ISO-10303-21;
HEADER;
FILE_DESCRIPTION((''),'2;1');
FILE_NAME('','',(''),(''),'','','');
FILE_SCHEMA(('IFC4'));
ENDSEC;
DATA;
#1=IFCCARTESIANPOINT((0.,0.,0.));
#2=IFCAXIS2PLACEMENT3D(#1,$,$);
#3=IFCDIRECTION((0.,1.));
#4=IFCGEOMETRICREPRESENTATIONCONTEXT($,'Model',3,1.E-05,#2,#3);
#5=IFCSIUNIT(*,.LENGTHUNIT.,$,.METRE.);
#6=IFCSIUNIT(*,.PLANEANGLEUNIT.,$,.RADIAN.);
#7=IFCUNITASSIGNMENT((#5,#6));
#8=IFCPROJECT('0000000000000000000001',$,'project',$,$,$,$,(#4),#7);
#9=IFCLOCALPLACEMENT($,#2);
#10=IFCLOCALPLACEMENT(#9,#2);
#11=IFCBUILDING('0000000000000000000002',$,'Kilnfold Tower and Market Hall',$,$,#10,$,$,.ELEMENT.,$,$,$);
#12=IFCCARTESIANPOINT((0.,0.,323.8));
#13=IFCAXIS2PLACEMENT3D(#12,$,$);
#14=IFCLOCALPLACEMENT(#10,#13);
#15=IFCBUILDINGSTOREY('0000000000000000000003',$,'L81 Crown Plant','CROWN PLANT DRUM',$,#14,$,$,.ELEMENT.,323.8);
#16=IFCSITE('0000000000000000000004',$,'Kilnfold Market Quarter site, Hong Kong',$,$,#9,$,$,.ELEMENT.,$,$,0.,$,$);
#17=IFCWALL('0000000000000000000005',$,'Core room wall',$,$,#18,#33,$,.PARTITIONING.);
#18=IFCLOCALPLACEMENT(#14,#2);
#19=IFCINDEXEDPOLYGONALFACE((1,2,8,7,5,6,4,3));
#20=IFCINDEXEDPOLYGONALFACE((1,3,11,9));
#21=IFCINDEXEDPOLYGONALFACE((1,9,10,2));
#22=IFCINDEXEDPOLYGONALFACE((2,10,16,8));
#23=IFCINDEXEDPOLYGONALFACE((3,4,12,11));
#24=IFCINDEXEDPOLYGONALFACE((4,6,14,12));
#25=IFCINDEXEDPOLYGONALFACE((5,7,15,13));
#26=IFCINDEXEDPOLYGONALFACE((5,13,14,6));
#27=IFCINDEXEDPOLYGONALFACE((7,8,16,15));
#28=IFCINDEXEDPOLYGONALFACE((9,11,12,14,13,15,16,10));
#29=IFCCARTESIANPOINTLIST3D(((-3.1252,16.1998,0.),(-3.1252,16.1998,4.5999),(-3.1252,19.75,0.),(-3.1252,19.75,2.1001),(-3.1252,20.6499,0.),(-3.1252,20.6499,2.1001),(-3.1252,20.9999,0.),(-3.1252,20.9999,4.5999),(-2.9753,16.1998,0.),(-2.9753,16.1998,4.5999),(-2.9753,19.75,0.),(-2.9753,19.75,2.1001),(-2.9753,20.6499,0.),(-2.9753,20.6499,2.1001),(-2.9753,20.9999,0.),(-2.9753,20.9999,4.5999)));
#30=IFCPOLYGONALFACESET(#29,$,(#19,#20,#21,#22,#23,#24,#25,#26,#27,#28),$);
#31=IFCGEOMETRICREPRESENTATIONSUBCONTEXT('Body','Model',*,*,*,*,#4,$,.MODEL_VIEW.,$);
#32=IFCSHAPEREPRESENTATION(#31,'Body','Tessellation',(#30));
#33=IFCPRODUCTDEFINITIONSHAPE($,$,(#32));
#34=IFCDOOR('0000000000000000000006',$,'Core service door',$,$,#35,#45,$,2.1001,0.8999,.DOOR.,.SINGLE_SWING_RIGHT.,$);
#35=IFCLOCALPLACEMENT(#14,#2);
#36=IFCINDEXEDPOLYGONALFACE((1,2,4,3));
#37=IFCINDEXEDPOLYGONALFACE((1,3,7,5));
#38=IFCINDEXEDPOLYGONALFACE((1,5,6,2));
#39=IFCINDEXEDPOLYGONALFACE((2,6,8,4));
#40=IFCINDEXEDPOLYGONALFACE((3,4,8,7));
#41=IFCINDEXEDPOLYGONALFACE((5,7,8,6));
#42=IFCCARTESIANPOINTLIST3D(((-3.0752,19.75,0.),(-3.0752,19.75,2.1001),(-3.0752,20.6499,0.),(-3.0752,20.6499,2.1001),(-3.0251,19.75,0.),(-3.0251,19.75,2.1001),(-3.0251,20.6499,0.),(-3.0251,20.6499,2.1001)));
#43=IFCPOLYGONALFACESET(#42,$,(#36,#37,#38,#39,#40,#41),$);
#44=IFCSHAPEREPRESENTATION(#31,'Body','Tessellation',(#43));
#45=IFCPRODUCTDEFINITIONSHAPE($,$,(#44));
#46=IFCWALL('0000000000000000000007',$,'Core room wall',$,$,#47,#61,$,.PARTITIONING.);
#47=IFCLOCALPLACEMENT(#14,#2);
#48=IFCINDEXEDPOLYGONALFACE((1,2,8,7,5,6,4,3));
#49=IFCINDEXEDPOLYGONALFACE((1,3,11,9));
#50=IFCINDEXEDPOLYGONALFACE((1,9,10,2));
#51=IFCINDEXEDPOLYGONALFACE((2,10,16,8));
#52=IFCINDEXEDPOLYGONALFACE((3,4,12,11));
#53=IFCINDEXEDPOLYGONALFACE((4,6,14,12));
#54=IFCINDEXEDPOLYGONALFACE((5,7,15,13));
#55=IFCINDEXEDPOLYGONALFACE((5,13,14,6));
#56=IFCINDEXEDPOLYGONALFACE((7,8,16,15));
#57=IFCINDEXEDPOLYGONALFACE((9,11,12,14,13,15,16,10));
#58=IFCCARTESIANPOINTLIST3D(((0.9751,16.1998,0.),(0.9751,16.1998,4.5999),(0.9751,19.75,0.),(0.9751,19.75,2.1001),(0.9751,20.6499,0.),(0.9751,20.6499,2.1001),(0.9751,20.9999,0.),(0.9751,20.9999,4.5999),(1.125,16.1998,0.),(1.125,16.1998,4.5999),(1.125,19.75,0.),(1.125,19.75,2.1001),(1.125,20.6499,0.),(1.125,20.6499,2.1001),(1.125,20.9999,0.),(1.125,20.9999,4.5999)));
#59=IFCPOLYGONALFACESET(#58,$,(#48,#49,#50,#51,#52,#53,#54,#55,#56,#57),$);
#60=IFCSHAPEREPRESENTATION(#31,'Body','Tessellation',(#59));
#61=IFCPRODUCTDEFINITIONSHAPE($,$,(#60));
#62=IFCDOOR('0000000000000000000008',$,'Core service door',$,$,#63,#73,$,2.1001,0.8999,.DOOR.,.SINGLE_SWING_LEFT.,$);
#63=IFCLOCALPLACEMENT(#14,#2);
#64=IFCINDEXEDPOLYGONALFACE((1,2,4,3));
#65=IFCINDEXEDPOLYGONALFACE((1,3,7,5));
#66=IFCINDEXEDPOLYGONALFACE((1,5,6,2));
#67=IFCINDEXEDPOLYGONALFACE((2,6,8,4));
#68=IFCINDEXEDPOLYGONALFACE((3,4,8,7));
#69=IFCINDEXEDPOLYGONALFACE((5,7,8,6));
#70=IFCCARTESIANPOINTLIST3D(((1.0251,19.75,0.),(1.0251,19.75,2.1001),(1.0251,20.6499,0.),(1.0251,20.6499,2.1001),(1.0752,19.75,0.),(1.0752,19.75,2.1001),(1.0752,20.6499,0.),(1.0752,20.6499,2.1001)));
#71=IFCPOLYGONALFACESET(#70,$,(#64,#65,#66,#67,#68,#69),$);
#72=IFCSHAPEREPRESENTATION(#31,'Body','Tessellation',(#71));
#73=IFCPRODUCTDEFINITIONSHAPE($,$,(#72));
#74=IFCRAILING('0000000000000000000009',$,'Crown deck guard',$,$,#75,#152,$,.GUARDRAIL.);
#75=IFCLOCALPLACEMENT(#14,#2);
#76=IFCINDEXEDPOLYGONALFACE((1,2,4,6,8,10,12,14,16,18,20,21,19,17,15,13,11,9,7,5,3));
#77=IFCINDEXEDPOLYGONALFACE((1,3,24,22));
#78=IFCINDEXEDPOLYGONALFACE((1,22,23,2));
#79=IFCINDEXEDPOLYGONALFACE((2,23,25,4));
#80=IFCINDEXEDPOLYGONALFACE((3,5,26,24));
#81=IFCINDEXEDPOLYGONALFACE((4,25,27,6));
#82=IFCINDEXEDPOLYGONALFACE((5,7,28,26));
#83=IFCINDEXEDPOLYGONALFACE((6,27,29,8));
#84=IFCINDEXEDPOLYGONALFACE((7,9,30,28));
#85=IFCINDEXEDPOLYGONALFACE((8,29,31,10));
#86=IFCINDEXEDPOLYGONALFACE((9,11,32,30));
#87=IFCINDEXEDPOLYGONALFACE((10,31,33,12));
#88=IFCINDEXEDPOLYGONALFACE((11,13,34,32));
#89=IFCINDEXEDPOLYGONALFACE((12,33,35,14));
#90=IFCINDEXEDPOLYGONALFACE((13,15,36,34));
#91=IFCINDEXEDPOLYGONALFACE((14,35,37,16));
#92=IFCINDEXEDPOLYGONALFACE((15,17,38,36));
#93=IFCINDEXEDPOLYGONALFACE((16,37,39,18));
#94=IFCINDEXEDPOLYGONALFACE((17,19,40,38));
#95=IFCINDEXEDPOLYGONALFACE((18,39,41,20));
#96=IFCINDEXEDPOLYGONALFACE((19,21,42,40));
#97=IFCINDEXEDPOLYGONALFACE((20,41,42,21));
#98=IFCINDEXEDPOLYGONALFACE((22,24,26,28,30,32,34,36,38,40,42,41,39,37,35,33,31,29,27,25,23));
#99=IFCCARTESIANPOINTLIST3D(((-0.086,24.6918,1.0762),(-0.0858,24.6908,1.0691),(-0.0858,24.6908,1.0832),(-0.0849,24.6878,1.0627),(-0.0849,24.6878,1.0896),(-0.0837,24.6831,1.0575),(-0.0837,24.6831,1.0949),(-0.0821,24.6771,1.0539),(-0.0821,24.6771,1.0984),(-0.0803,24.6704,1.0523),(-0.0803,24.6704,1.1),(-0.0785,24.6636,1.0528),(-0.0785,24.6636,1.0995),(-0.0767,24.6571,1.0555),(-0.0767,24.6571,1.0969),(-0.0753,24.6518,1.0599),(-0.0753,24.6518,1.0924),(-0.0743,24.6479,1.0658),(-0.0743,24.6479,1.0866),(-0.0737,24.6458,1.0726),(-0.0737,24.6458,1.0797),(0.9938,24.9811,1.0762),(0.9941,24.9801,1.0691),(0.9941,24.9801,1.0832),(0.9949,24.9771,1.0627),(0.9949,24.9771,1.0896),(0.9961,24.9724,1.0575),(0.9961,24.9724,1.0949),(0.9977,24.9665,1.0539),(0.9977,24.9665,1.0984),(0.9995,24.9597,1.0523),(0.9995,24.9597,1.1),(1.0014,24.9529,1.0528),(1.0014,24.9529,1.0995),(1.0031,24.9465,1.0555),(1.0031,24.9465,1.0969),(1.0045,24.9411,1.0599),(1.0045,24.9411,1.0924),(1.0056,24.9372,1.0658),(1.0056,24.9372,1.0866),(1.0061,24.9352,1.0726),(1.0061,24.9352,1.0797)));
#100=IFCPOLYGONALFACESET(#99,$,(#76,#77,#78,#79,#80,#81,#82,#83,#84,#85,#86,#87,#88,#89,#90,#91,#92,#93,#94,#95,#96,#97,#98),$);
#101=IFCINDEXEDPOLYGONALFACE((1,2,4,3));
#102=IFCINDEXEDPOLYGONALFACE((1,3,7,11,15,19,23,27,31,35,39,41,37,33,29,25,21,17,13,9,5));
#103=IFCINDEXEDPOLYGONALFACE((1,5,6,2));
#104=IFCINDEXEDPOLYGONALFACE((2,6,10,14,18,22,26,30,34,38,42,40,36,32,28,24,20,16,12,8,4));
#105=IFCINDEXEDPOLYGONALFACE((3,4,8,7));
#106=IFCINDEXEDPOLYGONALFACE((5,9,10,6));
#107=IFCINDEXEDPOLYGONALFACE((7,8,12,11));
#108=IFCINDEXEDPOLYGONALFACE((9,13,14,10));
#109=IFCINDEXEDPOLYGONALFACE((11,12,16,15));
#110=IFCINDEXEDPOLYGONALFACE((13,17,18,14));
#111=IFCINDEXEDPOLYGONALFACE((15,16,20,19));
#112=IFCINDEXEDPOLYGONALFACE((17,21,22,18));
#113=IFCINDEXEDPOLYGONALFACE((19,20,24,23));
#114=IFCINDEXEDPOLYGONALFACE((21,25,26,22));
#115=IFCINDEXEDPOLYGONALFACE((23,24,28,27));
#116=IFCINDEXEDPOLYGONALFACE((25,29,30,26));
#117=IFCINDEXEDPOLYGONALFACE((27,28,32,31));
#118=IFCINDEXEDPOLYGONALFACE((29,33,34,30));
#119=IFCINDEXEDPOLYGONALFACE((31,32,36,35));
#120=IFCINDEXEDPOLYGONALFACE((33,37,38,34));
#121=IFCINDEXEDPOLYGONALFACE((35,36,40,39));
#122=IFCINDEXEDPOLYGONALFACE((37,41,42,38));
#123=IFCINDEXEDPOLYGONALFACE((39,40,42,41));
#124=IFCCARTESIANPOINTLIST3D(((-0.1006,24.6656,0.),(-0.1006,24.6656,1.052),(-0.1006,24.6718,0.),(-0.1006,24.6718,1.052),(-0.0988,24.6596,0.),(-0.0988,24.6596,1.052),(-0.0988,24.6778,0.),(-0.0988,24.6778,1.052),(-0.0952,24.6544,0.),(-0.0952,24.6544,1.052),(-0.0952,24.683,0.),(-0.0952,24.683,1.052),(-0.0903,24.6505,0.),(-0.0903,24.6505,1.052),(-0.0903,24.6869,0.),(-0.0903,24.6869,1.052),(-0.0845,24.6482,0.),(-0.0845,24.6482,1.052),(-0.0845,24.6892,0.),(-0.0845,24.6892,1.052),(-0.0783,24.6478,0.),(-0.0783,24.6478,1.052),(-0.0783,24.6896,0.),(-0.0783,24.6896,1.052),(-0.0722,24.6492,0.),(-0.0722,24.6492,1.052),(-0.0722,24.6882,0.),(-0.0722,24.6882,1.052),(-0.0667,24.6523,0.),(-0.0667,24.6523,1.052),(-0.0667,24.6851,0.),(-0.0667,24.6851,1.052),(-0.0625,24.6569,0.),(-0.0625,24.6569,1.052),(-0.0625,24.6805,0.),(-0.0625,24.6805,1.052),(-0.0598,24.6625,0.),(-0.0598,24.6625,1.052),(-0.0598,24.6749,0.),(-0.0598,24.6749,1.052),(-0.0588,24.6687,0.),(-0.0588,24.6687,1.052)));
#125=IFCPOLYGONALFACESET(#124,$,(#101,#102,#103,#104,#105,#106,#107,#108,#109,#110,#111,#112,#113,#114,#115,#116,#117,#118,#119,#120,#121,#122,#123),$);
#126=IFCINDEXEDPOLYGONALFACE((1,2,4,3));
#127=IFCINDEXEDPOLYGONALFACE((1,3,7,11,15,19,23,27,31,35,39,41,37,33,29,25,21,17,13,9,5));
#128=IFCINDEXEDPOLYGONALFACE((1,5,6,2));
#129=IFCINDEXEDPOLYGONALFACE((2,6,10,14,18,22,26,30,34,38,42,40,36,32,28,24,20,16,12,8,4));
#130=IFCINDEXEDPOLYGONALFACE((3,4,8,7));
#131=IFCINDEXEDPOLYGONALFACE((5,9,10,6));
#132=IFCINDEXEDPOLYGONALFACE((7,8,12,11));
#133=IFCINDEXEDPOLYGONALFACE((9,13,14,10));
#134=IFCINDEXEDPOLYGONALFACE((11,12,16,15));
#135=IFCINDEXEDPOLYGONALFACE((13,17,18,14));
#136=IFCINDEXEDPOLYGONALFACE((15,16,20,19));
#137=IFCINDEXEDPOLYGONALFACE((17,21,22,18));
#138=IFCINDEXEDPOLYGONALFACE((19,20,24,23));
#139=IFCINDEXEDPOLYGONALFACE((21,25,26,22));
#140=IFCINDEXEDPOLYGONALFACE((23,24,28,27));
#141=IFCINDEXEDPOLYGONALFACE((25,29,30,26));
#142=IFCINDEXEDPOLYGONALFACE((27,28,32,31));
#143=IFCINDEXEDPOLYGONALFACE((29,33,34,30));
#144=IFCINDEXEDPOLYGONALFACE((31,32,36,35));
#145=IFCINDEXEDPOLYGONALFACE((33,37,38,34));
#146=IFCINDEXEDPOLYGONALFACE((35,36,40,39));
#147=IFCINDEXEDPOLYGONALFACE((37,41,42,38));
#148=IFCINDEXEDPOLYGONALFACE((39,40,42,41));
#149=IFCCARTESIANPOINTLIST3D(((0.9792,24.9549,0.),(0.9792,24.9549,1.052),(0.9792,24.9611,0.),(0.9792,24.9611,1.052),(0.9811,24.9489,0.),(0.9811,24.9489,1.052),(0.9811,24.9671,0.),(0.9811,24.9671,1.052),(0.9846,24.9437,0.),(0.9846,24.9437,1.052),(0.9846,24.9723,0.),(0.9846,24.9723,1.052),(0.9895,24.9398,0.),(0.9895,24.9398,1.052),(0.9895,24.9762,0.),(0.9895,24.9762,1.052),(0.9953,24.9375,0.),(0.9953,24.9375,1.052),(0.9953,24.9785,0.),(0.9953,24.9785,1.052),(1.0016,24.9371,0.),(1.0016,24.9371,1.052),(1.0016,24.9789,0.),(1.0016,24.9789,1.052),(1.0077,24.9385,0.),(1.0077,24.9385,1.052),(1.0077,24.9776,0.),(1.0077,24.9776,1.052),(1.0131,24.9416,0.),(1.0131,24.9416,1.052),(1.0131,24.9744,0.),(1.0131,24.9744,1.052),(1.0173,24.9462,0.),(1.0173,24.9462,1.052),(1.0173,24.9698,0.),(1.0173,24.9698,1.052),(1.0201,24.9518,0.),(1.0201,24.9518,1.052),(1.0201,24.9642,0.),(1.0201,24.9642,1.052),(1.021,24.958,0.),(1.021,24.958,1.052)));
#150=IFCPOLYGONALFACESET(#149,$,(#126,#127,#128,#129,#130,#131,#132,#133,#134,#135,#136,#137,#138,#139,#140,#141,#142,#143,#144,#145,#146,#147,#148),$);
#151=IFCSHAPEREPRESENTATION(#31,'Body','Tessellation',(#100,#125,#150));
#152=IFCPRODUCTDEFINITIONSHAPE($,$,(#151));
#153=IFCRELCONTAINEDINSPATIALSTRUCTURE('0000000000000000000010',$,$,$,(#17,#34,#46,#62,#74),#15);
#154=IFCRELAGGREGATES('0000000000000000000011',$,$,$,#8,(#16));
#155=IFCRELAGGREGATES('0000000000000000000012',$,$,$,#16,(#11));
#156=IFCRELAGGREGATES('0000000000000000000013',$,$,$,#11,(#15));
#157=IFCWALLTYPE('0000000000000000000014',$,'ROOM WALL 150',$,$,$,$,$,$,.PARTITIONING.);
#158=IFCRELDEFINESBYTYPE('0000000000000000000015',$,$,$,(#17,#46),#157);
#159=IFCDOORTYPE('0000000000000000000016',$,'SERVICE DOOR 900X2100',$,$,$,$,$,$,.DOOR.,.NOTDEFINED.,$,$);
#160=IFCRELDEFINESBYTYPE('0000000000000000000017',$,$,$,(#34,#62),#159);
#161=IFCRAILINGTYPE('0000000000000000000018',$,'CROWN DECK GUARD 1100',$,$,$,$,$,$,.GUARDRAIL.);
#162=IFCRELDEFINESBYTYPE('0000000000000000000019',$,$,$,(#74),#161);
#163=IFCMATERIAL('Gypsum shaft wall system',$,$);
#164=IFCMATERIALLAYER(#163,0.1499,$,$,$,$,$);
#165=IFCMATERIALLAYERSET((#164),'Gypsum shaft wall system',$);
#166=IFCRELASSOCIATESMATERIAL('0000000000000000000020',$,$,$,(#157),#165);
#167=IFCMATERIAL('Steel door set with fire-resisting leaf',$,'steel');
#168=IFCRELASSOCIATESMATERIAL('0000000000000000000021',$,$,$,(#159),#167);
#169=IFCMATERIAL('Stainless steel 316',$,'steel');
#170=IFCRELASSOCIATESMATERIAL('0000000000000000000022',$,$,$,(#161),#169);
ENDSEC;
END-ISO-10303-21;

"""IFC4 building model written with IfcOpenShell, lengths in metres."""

from ifc_helpers import new_model, si_unit, direction, frame, frame_2d, origin, origin_2d, place, context, subcontext, project, spatial, rectangle, circle, extrude, source, transform, mapped, material, layer, layer_set, type_object, element, fill, save


model = new_model("IFC4")

# Units and contexts
model_context = context("Model", 3, precision=1e-05, world=origin(), true_north=direction((0.0, 1.0)))
body_context = subcontext(model_context, "Body", "Model", "MODEL_VIEW")
ifc_project = project(units=[si_unit("LENGTHUNIT", "METRE"), si_unit("PLANEANGLEUNIT", "RADIAN")], contexts=[model_context])

# Site, building, storey
site_placement = place(None, origin())
site = spatial("IfcSite", under=ifc_project, at=site_placement, Name="Kilnfold Market Quarter site, Hong Kong", CompositionType="ELEMENT", RefElevation=0.0)
building_placement = place(site_placement, origin())
building = spatial("IfcBuilding", under=site, at=building_placement, Name="Kilnfold Tower and Market Hall", CompositionType="ELEMENT")
storey_placement = place(building_placement, frame((0.0, 0.0, 323.8)))
storey = spatial("IfcBuildingStorey", under=building, at=storey_placement, Name="L81 Crown Plant", Description="CROWN PLANT DRUM", CompositionType="ELEMENT", Elevation=323.8)

# Walls, openings, doors
ifc_material_1 = material(Name="Gypsum shaft wall system")
ifc_layer_1 = layer(ifc_material_1, 0.1499)
ifc_layer_set_1 = layer_set([ifc_layer_1], Name="Gypsum shaft wall system")
wall_type_1 = type_object("IfcWallType", Name="ROOM WALL 150", PredefinedType="PARTITIONING", material=ifc_layer_set_1)
shared_shape_1 = source(origin(), body_context, "Body", "SweptSolid", [
    extrude(rectangle(XDim=4.8, YDim=0.1499, at=frame_2d((2.3999, 0.0))), origin(), (0.0, 0.0, 1.0), 4.5999),
])
wall_1_placement = place(storey_placement, frame((-3.0503, 16.2, 0.0), z_axis=(0.0, 0.0, 1.0), x_axis=(0.0, 1.0, 0.0)))
wall_1 = element("IfcWall", 1, at=wall_1_placement, inside=storey, type_object=wall_type_1, Name="Core room wall", PredefinedType="PARTITIONING", context=body_context, shape_type="MappedRepresentation", body=[
    mapped(shared_shape_1, transform((0.0, 0.0, 0.0))),
])
opening_1_placement = place(wall_1_placement, frame((3.55, 0.0, 0.0)))
opening_1 = element("IfcOpeningElement", 2, at=opening_1_placement, cuts=wall_1, PredefinedType="OPENING", context=body_context, shape_type="SweptSolid", body=[
    extrude(rectangle(XDim=0.8999, YDim=2.1001, at=frame_2d((0.45, 1.05))), frame((0.0, 0.085, 0.0), z_axis=(0.0, -1.0, 0.0), x_axis=(1.0, 0.0, 0.0)), (0.0, 0.0, 1.0), 0.1699),
])
ifc_material_2 = material(Name="Steel door set with fire-resisting leaf", Category="steel")
door_type = type_object("IfcDoorType", Name="SERVICE DOOR 900X2100", OperationType="NOTDEFINED", PredefinedType="DOOR", material=ifc_material_2)
door_1_placement = place(opening_1_placement, origin())
door_1 = element("IfcDoor", 3, at=door_1_placement, inside=storey, type_object=door_type, Name="Core service door", OperationType="SINGLE_SWING_RIGHT", OverallHeight=2.1001, OverallWidth=0.8999, PredefinedType="DOOR", context=body_context, shape_type="SweptSolid", body=[
    extrude(rectangle(XDim=0.8999, YDim=2.1001, at=frame_2d((0.45, 1.05))), frame((0.0, 0.0249, 0.0), z_axis=(0.0, -1.0, 0.0), x_axis=(1.0, 0.0, 0.0)), (0.0, 0.0, 1.0), 0.05),
])
fill(opening_1, door_1)
wall_2_placement = place(storey_placement, frame((1.05, 16.2, 0.0), z_axis=(0.0, 0.0, 1.0), x_axis=(0.0, 1.0, 0.0)))
wall_2 = element("IfcWall", 4, at=wall_2_placement, inside=storey, type_object=wall_type_1, Name="Core room wall", PredefinedType="PARTITIONING", context=body_context, shape_type="MappedRepresentation", body=[
    mapped(shared_shape_1, transform((0.0, 0.0, 0.0))),
])
opening_2_placement = place(wall_2_placement, frame((3.55, 0.0, 0.0)))
opening_2 = element("IfcOpeningElement", 5, at=opening_2_placement, cuts=wall_2, PredefinedType="OPENING", context=body_context, shape_type="SweptSolid", body=[
    extrude(rectangle(XDim=0.8999, YDim=2.1001, at=frame_2d((0.45, 1.05))), frame((0.0, 0.085, 0.0), z_axis=(0.0, -1.0, 0.0), x_axis=(1.0, 0.0, 0.0)), (0.0, 0.0, 1.0), 0.1699),
])
door_2_placement = place(opening_2_placement, origin())
door_2 = element("IfcDoor", 6, at=door_2_placement, inside=storey, type_object=door_type, Name="Core service door", OperationType="SINGLE_SWING_LEFT", OverallHeight=2.1001, OverallWidth=0.8999, PredefinedType="DOOR", context=body_context, shape_type="SweptSolid", body=[
    extrude(rectangle(XDim=0.8999, YDim=2.1001, at=frame_2d((0.45, 1.05))), frame((0.0, 0.0249, 0.0), z_axis=(0.0, -1.0, 0.0), x_axis=(1.0, 0.0, 0.0)), (0.0, 0.0, 1.0), 0.05),
])
fill(opening_2, door_2)

# Railing
ifc_material_3 = material(Name="Stainless steel 316", Category="steel")
railing_type = type_object("IfcRailingType", Name="CROWN DECK GUARD 1100", PredefinedType="GUARDRAIL", material=ifc_material_3)
railing_1_placement = place(storey_placement, frame((-0.0798, 24.6687, 0.0)))
element("IfcRailing", 7, at=railing_1_placement, inside=storey, type_object=railing_type, Name="Crown deck guard", PredefinedType="GUARDRAIL", context=body_context, shape_type="SweptSolid", body=[
    extrude(circle(Radius=0.0239, at=origin_2d()), frame((0.0, 0.0, 1.0762), z_axis=(0.965933, 0.258791, 0.0), x_axis=(-0.258791, 0.965933, 0.0)), (0.0, 0.0, 1.0), 1.1179),
    extrude(circle(Radius=0.021, at=origin_2d()), origin(), (0.0, 0.0, 1.0), 1.052),
    extrude(circle(Radius=0.021, at=origin_2d()), frame((1.0798, 0.2893, 0.0)), (0.0, 0.0, 1.0), 1.052),
])

save(model, "model.ifc")
